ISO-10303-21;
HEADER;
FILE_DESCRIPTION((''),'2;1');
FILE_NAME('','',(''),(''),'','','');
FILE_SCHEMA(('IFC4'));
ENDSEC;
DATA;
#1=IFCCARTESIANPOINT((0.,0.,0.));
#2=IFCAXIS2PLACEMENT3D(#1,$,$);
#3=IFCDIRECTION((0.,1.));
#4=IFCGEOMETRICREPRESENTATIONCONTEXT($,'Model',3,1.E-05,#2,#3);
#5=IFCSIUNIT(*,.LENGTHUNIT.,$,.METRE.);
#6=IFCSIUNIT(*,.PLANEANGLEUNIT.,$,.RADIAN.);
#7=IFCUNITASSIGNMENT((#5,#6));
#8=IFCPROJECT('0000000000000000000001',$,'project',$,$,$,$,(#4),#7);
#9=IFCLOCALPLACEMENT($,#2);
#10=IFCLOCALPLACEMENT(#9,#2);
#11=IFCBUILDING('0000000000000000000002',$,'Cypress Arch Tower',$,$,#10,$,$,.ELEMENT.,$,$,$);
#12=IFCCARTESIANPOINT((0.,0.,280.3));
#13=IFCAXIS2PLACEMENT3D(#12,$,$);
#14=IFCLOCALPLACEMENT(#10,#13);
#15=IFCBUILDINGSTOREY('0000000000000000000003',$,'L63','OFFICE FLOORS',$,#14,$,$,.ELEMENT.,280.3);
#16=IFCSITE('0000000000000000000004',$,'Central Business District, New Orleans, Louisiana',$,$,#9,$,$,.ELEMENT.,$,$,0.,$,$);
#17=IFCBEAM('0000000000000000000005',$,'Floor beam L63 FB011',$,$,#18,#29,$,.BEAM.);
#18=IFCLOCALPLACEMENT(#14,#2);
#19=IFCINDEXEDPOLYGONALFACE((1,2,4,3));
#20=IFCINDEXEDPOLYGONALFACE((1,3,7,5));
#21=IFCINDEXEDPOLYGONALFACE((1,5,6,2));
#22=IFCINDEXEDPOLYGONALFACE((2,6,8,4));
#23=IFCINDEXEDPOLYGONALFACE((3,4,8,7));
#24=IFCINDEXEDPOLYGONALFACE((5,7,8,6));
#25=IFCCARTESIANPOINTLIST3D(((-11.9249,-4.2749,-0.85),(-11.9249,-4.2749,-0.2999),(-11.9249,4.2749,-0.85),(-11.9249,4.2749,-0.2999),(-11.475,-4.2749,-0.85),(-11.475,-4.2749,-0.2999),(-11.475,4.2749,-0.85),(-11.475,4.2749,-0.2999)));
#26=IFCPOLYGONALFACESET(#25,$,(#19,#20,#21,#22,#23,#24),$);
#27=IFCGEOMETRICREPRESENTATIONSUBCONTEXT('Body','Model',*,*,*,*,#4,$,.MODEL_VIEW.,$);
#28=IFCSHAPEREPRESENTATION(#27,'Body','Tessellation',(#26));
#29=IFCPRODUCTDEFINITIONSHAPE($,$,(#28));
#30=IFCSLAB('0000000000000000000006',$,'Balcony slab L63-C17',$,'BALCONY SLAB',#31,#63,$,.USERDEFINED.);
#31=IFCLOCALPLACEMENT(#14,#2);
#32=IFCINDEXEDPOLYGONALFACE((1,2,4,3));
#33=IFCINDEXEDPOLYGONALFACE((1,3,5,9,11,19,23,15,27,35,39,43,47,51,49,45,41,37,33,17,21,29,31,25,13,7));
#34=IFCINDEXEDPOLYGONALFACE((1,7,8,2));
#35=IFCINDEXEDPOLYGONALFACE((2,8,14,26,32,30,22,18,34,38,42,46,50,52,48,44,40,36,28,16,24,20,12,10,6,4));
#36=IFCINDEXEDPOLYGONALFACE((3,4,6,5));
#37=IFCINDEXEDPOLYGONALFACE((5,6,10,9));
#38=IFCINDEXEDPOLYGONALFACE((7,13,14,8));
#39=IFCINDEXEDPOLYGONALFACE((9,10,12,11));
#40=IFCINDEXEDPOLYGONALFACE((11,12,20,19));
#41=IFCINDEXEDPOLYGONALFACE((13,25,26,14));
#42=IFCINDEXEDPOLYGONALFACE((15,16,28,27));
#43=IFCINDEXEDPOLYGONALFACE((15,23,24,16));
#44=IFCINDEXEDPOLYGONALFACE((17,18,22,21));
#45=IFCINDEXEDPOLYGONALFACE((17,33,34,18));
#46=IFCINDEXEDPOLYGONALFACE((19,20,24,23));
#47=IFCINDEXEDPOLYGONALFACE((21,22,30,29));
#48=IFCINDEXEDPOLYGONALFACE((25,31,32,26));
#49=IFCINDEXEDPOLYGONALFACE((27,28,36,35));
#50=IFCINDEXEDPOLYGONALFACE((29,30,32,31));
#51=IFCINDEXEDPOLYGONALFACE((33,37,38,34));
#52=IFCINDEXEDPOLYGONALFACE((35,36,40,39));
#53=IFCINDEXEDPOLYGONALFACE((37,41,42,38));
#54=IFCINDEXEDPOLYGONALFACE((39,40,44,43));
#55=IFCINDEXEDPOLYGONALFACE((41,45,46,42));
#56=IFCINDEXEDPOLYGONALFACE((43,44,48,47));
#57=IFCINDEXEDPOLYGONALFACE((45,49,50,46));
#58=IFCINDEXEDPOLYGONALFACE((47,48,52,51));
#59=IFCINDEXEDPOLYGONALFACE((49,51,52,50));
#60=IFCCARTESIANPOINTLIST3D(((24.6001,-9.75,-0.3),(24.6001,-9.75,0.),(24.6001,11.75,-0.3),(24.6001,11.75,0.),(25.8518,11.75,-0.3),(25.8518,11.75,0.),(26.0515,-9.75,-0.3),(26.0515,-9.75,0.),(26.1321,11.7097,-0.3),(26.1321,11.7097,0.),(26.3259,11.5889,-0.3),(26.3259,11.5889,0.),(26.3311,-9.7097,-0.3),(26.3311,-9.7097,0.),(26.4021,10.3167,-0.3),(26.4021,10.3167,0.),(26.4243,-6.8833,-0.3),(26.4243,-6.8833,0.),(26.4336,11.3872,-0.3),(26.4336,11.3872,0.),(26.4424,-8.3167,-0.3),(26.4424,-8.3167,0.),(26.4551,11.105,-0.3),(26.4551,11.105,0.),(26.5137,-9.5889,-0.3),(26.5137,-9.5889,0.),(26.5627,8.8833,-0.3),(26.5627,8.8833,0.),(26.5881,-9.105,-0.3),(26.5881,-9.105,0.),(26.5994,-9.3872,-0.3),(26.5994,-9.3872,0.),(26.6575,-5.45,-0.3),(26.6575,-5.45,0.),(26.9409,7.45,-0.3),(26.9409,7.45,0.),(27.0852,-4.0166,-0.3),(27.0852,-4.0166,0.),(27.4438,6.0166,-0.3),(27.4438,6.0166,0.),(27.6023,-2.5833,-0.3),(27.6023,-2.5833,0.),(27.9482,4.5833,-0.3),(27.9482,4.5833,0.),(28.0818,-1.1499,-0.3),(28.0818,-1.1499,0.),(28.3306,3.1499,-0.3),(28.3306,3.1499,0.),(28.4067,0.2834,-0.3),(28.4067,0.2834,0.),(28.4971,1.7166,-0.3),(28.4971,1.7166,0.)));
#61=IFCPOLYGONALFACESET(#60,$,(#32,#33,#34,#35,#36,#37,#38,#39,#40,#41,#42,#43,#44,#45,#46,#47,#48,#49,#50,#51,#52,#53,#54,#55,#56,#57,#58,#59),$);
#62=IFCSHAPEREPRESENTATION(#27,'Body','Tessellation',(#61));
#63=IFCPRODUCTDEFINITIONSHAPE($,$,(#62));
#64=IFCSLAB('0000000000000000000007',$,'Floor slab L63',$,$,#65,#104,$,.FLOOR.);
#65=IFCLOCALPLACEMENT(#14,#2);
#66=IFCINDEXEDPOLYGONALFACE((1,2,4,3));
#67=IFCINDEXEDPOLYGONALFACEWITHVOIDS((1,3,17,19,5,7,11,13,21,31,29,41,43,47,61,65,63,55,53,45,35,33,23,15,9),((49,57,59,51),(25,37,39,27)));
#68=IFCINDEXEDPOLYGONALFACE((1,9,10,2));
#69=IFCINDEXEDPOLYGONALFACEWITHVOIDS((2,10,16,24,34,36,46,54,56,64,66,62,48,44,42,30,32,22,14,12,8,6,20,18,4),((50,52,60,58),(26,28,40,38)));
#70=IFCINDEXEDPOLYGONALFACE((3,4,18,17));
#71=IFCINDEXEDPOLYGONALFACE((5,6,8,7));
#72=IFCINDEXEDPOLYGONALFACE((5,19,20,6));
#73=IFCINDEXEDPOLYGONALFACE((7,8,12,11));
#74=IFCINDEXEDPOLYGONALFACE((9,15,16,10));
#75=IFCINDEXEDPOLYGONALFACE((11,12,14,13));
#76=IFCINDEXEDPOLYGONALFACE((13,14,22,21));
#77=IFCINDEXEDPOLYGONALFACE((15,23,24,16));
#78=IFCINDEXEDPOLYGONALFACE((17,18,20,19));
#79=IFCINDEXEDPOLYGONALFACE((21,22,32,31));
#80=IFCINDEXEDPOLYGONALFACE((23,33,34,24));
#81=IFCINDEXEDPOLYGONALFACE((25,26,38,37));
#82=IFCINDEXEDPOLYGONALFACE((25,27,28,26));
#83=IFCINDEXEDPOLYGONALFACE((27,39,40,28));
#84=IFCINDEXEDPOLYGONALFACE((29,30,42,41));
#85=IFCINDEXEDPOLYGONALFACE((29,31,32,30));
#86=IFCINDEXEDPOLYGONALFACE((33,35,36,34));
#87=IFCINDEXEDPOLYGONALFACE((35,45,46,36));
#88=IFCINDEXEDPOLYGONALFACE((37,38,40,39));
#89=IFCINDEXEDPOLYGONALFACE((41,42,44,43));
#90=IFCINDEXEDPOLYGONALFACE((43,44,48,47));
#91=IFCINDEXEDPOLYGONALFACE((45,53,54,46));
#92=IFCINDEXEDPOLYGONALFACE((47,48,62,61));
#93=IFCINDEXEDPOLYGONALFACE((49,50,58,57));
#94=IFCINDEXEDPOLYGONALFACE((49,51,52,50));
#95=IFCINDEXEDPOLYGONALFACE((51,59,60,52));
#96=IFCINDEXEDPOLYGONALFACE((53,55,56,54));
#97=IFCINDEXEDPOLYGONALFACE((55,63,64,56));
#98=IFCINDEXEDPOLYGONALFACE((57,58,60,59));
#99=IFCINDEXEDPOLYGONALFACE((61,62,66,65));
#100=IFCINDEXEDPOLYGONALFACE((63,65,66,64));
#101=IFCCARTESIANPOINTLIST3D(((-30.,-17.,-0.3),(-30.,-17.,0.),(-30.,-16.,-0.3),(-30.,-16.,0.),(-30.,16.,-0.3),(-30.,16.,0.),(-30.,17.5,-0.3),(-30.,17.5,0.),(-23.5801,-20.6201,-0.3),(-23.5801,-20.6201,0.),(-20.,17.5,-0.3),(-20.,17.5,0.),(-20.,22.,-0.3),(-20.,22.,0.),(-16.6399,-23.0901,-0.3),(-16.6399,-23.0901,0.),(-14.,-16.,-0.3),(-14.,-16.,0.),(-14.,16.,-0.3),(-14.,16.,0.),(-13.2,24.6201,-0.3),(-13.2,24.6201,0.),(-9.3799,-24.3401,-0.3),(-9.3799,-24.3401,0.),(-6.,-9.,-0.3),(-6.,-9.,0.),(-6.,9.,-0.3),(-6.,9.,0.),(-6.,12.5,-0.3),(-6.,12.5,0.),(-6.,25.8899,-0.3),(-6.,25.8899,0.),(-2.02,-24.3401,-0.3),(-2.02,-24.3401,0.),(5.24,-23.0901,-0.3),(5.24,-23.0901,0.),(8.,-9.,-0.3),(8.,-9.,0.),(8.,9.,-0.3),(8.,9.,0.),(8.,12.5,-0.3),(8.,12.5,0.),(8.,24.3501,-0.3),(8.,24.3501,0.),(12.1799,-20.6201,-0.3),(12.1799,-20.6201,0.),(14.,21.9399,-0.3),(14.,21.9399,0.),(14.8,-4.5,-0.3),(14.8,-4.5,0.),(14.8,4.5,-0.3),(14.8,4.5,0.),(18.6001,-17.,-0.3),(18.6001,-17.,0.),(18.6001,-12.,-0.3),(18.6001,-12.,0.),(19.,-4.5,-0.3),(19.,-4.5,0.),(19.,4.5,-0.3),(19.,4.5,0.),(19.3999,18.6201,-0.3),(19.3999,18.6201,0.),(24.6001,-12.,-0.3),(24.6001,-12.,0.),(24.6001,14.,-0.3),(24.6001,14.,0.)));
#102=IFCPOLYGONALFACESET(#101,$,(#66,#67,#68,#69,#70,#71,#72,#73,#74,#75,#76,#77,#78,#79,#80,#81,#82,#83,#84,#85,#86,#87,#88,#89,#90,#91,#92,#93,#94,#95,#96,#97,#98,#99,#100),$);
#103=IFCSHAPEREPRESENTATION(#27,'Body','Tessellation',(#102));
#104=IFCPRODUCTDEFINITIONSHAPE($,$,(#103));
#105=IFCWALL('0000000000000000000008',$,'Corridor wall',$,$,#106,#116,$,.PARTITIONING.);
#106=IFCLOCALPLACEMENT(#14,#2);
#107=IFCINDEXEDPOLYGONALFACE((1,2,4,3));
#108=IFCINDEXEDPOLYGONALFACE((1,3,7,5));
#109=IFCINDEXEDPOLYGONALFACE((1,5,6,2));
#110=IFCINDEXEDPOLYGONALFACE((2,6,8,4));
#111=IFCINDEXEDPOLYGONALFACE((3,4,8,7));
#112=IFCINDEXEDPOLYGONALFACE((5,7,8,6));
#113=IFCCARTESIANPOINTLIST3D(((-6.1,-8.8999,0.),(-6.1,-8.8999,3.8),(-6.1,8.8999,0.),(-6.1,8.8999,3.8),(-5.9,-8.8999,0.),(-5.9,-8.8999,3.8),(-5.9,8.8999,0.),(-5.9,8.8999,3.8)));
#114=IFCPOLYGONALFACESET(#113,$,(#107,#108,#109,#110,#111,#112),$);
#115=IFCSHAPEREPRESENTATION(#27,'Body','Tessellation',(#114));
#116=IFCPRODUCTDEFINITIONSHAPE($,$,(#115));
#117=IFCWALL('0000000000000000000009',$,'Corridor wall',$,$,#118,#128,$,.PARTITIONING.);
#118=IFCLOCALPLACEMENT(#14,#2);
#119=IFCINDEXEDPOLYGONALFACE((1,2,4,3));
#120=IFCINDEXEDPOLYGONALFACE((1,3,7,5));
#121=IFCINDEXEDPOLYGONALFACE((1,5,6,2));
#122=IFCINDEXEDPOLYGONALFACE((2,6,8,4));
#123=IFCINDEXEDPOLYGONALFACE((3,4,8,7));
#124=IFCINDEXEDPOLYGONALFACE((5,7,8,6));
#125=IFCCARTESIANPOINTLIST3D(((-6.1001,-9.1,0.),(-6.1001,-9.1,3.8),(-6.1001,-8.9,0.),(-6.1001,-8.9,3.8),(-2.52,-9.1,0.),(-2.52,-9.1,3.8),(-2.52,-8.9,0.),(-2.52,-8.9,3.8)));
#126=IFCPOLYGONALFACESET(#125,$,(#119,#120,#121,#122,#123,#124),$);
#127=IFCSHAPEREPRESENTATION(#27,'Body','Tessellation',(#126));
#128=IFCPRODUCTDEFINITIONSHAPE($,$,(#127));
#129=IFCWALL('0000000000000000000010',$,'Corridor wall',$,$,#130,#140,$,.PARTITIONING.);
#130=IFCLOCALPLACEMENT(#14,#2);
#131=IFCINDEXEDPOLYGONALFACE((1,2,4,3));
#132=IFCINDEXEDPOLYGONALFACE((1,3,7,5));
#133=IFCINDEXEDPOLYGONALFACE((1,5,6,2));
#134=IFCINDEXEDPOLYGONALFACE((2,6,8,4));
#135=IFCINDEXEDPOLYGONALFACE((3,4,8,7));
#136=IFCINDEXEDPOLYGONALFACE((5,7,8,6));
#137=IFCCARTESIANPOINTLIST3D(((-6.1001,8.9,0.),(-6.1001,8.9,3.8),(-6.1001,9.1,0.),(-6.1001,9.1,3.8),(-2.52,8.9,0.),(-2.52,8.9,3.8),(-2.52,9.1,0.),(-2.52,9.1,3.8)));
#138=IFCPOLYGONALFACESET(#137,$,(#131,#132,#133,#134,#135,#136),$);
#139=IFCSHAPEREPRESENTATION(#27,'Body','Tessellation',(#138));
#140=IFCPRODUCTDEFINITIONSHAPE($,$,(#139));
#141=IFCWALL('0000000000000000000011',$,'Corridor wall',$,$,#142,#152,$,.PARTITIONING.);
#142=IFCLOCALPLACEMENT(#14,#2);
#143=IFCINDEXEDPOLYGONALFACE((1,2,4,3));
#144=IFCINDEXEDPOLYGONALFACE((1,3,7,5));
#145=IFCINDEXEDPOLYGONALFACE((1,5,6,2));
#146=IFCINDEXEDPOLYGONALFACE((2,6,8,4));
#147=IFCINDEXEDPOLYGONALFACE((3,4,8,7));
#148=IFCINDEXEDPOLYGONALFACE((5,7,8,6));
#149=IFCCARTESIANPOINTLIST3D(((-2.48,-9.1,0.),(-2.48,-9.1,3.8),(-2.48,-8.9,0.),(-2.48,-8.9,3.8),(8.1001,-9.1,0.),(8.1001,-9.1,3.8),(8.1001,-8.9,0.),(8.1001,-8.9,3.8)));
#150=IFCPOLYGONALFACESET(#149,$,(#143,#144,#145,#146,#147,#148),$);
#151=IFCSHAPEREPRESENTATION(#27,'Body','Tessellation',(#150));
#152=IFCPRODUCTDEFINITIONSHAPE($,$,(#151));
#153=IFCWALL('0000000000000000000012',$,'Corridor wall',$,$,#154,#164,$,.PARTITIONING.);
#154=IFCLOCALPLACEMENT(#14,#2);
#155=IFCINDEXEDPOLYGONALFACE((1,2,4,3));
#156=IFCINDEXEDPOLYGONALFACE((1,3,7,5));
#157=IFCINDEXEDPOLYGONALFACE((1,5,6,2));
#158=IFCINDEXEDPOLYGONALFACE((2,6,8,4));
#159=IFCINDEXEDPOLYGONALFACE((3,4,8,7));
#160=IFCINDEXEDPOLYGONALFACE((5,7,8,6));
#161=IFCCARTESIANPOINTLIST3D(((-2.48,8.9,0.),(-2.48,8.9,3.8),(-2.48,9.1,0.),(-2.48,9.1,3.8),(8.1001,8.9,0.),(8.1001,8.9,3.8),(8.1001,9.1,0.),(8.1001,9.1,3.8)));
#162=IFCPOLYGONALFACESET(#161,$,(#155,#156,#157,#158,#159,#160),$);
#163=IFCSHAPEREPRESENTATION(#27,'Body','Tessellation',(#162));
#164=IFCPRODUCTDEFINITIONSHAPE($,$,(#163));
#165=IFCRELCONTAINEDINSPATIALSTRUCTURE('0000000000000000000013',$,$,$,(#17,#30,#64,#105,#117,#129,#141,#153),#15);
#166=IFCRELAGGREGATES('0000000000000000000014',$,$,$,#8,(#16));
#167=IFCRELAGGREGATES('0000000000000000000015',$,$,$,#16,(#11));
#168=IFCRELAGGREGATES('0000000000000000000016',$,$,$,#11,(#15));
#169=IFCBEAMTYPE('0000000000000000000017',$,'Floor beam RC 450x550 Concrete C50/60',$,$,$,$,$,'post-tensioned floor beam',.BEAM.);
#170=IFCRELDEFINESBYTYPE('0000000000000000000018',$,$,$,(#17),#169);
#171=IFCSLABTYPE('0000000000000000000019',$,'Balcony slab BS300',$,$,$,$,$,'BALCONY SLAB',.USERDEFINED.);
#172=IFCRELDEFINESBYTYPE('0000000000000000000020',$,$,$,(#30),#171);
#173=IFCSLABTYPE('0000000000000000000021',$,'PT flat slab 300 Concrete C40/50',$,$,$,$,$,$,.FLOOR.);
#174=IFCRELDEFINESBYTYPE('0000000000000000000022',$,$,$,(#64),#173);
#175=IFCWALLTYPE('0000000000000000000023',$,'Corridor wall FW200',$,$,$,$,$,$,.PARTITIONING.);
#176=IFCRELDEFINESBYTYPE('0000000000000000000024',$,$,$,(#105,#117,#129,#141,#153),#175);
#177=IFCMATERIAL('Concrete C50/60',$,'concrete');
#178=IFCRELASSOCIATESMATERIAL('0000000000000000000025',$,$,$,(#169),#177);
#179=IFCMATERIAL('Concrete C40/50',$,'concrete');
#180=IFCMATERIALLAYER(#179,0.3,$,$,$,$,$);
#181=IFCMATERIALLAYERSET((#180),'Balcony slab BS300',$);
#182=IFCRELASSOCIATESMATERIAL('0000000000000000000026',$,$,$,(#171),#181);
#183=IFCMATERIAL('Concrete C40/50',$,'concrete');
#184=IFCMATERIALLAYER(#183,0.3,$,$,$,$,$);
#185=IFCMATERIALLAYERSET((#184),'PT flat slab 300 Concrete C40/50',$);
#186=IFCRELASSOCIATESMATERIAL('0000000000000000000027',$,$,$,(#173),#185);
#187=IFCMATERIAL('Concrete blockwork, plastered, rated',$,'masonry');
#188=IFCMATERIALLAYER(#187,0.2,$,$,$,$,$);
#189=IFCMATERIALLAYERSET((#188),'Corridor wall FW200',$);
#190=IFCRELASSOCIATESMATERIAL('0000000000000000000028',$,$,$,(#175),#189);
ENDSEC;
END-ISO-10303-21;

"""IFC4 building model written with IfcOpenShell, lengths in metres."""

from ifc_helpers import new_model, si_unit, direction, frame, frame_2d, origin, origin_2d, place, context, subcontext, project, spatial, polyline, rectangle, outline, extrude, material, layer, layer_set, material_profile, profile_set, type_object, element, save


model = new_model("IFC4")

# Units and contexts
model_context = context("Model", 3, precision=1e-05, world=origin(), true_north=direction((0.0, 1.0)))
body_context = subcontext(model_context, "Body", "Model", "MODEL_VIEW")
ifc_project = project(units=[si_unit("LENGTHUNIT", "METRE"), si_unit("PLANEANGLEUNIT", "RADIAN")], contexts=[model_context])

# Site, building, storey
site_placement = place(None, origin())
site = spatial("IfcSite", under=ifc_project, at=site_placement, Name="Central Business District, New Orleans, Louisiana", CompositionType="ELEMENT", RefElevation=0.0)
building_placement = place(site_placement, origin())
building = spatial("IfcBuilding", under=site, at=building_placement, Name="Cypress Arch Tower", CompositionType="ELEMENT")
storey_placement = place(building_placement, frame((0.0, 0.0, 280.3)))
storey = spatial("IfcBuildingStorey", under=building, at=storey_placement, Name="L63", Description="OFFICE FLOORS", CompositionType="ELEMENT", Elevation=280.3)

# Beam
ifc_material_1 = material(Name="Concrete C50/60", Category="concrete")
ifc_material_profile_1 = material_profile(ifc_material_1, rectangle(XDim=0.45, YDim=0.55, at=origin_2d()), Name="RC 450x550")
ifc_profile_set_1 = profile_set([ifc_material_profile_1], Name="Concrete C50/60")
beam_type = type_object("IfcBeamType", Name="Floor beam RC 450x550 Concrete C50/60", ElementType="post-tensioned floor beam", PredefinedType="BEAM", material=ifc_profile_set_1)
beam_placement = place(storey_placement, frame((-11.7, -4.2749, -0.575), z_axis=(0.0, 1.0, 0.0), x_axis=(-1.0, 0.0, 0.0)))
element("IfcBeam", 1, at=beam_placement, inside=storey, type_object=beam_type, Name="Floor beam L63 FB011", PredefinedType="BEAM", context=body_context, shape_type="SweptSolid", body=[
    extrude(rectangle(XDim=0.45, YDim=0.55, at=origin_2d()), origin(), (0.0, 0.0, 1.0), 8.5498),
])

# Slabs
ifc_material_2 = material(Name="Concrete C40/50", Category="concrete")
ifc_layer_1 = layer(ifc_material_2, 0.3)
ifc_layer_set_1 = layer_set([ifc_layer_1], Name="Balcony slab BS300")
slab_type_1 = type_object("IfcSlabType", Name="Balcony slab BS300", ElementType="BALCONY SLAB", PredefinedType="USERDEFINED", material=ifc_layer_set_1)
slab_1_placement = place(storey_placement, frame((0.0, 0.0, -0.3)))
element("IfcSlab", 2, at=slab_1_placement, inside=storey, type_object=slab_type_1, Name="Balcony slab L63-C17", ObjectType="BALCONY SLAB", PredefinedType="USERDEFINED", context=body_context, shape_type="SweptSolid", body=[
    extrude(outline(polyline([(24.6001, -9.75), (26.0515, -9.75), (26.3311, -9.7097), (26.5137, -9.5889), (26.5994, -9.3872), (26.5881, -9.105), (26.4424, -8.3167), (26.4243, -6.8833), (26.6575, -5.45), (27.0852, -4.0166), (27.6023, -2.5833), (28.0818, -1.1499), (28.4067, 0.2834), (28.4971, 1.7166), (28.3306, 3.1499), (27.9482, 4.5833), (27.4438, 6.0166), (26.9409, 7.45), (26.5627, 8.8833), (26.4021, 10.3167), (26.4551, 11.105), (26.4336, 11.3872), (26.3259, 11.5889), (26.1321, 11.7097), (25.8518, 11.75), (24.6001, 11.75), (24.6001, -9.75)])), origin(), (0.0, 0.0, 1.0), 0.3),
])
ifc_material_3 = material(Name="Concrete C40/50", Category="concrete")
ifc_layer_2 = layer(ifc_material_3, 0.3)
ifc_layer_set_2 = layer_set([ifc_layer_2], Name="PT flat slab 300 Concrete C40/50")
slab_type_2 = type_object("IfcSlabType", Name="PT flat slab 300 Concrete C40/50", PredefinedType="FLOOR", material=ifc_layer_set_2)
slab_2_placement = place(storey_placement, frame((0.0, 0.0, -0.3)))
element("IfcSlab", 3, at=slab_2_placement, inside=storey, type_object=slab_type_2, Name="Floor slab L63", PredefinedType="FLOOR", context=body_context, shape_type="SweptSolid", body=[
    extrude(outline(polyline([(-30.0, 17.5), (-20.0, 17.5), (-20.0, 22.0), (-13.2, 24.6201), (-6.0, 25.8899), (-6.0, 12.5), (8.0, 12.5), (8.0, 24.3501), (14.0, 21.9399), (19.3999, 18.6201), (24.6001, 14.0), (24.6001, -12.0), (18.6001, -12.0), (18.6001, -17.0), (12.1799, -20.6201), (5.24, -23.0901), (-2.02, -24.3401), (-9.3799, -24.3401), (-16.6399, -23.0901), (-23.5801, -20.6201), (-30.0, -17.0), (-30.0, -16.0), (-14.0, -16.0), (-14.0, 16.0), (-30.0, 16.0), (-30.0, 17.5)]), holes=[polyline([(-6.0, -9.0), (8.0, -9.0), (8.0, 9.0), (-6.0, 9.0), (-6.0, -9.0)]), polyline([(14.8, -4.5), (19.0, -4.5), (19.0, 4.5), (14.8, 4.5), (14.8, -4.5)])]), origin(), (0.0, 0.0, 1.0), 0.3),
])

# Walls
ifc_material_4 = material(Name="Concrete blockwork, plastered, rated", Category="masonry")
ifc_layer_3 = layer(ifc_material_4, 0.2)
ifc_layer_set_3 = layer_set([ifc_layer_3], Name="Corridor wall FW200")
wall_type_1 = type_object("IfcWallType", Name="Corridor wall FW200", PredefinedType="PARTITIONING", material=ifc_layer_set_3)
wall_1_placement = place(storey_placement, frame((-6.0, -8.8999, 0.0), z_axis=(0.0, 0.0, 1.0), x_axis=(0.0, 1.0, 0.0)))
element("IfcWall", 4, at=wall_1_placement, inside=storey, type_object=wall_type_1, Name="Corridor wall", PredefinedType="PARTITIONING", context=body_context, shape_type="SweptSolid", body=[
    extrude(rectangle(XDim=17.7998, YDim=0.2, at=frame_2d((8.8999, 0.0))), origin(), (0.0, 0.0, 1.0), 3.8),
])
for number, where, z_axis, x_axis, name in (
    (5, (-6.1001, -9.0, 0.0), (0.0, 0.0, 1.0), (1.0, 0.0, 0.0), "Corridor wall"),
    (6, (-6.1001, 9.0, 0.0), (0.0, 0.0, 1.0), (1.0, 0.0, 0.0), "Corridor wall"),
):
    element("IfcWall", number, at=place(storey_placement, frame(where, z_axis=z_axis, x_axis=x_axis)), inside=storey, type_object=wall_type_1, Name=name, PredefinedType="PARTITIONING", context=body_context, shape_type="SweptSolid", body=[
        extrude(rectangle(XDim=3.5801, YDim=0.2, at=frame_2d((1.79, 0.0))), origin(), (0.0, 0.0, 1.0), 3.8),
    ])
for number, where, z_axis, x_axis, name in (
    (7, (-2.48, -9.0, 0.0), (0.0, 0.0, 1.0), (1.0, 0.0, 0.0), "Corridor wall"),
    (8, (-2.48, 9.0, 0.0), (0.0, 0.0, 1.0), (1.0, 0.0, 0.0), "Corridor wall"),
):
    element("IfcWall", number, at=place(storey_placement, frame(where, z_axis=z_axis, x_axis=x_axis)), inside=storey, type_object=wall_type_1, Name=name, PredefinedType="PARTITIONING", context=body_context, shape_type="SweptSolid", body=[
        extrude(rectangle(XDim=10.5801, YDim=0.2, at=frame_2d((5.29, 0.0))), origin(), (0.0, 0.0, 1.0), 3.8),
    ])

save(model, "model.ifc")
